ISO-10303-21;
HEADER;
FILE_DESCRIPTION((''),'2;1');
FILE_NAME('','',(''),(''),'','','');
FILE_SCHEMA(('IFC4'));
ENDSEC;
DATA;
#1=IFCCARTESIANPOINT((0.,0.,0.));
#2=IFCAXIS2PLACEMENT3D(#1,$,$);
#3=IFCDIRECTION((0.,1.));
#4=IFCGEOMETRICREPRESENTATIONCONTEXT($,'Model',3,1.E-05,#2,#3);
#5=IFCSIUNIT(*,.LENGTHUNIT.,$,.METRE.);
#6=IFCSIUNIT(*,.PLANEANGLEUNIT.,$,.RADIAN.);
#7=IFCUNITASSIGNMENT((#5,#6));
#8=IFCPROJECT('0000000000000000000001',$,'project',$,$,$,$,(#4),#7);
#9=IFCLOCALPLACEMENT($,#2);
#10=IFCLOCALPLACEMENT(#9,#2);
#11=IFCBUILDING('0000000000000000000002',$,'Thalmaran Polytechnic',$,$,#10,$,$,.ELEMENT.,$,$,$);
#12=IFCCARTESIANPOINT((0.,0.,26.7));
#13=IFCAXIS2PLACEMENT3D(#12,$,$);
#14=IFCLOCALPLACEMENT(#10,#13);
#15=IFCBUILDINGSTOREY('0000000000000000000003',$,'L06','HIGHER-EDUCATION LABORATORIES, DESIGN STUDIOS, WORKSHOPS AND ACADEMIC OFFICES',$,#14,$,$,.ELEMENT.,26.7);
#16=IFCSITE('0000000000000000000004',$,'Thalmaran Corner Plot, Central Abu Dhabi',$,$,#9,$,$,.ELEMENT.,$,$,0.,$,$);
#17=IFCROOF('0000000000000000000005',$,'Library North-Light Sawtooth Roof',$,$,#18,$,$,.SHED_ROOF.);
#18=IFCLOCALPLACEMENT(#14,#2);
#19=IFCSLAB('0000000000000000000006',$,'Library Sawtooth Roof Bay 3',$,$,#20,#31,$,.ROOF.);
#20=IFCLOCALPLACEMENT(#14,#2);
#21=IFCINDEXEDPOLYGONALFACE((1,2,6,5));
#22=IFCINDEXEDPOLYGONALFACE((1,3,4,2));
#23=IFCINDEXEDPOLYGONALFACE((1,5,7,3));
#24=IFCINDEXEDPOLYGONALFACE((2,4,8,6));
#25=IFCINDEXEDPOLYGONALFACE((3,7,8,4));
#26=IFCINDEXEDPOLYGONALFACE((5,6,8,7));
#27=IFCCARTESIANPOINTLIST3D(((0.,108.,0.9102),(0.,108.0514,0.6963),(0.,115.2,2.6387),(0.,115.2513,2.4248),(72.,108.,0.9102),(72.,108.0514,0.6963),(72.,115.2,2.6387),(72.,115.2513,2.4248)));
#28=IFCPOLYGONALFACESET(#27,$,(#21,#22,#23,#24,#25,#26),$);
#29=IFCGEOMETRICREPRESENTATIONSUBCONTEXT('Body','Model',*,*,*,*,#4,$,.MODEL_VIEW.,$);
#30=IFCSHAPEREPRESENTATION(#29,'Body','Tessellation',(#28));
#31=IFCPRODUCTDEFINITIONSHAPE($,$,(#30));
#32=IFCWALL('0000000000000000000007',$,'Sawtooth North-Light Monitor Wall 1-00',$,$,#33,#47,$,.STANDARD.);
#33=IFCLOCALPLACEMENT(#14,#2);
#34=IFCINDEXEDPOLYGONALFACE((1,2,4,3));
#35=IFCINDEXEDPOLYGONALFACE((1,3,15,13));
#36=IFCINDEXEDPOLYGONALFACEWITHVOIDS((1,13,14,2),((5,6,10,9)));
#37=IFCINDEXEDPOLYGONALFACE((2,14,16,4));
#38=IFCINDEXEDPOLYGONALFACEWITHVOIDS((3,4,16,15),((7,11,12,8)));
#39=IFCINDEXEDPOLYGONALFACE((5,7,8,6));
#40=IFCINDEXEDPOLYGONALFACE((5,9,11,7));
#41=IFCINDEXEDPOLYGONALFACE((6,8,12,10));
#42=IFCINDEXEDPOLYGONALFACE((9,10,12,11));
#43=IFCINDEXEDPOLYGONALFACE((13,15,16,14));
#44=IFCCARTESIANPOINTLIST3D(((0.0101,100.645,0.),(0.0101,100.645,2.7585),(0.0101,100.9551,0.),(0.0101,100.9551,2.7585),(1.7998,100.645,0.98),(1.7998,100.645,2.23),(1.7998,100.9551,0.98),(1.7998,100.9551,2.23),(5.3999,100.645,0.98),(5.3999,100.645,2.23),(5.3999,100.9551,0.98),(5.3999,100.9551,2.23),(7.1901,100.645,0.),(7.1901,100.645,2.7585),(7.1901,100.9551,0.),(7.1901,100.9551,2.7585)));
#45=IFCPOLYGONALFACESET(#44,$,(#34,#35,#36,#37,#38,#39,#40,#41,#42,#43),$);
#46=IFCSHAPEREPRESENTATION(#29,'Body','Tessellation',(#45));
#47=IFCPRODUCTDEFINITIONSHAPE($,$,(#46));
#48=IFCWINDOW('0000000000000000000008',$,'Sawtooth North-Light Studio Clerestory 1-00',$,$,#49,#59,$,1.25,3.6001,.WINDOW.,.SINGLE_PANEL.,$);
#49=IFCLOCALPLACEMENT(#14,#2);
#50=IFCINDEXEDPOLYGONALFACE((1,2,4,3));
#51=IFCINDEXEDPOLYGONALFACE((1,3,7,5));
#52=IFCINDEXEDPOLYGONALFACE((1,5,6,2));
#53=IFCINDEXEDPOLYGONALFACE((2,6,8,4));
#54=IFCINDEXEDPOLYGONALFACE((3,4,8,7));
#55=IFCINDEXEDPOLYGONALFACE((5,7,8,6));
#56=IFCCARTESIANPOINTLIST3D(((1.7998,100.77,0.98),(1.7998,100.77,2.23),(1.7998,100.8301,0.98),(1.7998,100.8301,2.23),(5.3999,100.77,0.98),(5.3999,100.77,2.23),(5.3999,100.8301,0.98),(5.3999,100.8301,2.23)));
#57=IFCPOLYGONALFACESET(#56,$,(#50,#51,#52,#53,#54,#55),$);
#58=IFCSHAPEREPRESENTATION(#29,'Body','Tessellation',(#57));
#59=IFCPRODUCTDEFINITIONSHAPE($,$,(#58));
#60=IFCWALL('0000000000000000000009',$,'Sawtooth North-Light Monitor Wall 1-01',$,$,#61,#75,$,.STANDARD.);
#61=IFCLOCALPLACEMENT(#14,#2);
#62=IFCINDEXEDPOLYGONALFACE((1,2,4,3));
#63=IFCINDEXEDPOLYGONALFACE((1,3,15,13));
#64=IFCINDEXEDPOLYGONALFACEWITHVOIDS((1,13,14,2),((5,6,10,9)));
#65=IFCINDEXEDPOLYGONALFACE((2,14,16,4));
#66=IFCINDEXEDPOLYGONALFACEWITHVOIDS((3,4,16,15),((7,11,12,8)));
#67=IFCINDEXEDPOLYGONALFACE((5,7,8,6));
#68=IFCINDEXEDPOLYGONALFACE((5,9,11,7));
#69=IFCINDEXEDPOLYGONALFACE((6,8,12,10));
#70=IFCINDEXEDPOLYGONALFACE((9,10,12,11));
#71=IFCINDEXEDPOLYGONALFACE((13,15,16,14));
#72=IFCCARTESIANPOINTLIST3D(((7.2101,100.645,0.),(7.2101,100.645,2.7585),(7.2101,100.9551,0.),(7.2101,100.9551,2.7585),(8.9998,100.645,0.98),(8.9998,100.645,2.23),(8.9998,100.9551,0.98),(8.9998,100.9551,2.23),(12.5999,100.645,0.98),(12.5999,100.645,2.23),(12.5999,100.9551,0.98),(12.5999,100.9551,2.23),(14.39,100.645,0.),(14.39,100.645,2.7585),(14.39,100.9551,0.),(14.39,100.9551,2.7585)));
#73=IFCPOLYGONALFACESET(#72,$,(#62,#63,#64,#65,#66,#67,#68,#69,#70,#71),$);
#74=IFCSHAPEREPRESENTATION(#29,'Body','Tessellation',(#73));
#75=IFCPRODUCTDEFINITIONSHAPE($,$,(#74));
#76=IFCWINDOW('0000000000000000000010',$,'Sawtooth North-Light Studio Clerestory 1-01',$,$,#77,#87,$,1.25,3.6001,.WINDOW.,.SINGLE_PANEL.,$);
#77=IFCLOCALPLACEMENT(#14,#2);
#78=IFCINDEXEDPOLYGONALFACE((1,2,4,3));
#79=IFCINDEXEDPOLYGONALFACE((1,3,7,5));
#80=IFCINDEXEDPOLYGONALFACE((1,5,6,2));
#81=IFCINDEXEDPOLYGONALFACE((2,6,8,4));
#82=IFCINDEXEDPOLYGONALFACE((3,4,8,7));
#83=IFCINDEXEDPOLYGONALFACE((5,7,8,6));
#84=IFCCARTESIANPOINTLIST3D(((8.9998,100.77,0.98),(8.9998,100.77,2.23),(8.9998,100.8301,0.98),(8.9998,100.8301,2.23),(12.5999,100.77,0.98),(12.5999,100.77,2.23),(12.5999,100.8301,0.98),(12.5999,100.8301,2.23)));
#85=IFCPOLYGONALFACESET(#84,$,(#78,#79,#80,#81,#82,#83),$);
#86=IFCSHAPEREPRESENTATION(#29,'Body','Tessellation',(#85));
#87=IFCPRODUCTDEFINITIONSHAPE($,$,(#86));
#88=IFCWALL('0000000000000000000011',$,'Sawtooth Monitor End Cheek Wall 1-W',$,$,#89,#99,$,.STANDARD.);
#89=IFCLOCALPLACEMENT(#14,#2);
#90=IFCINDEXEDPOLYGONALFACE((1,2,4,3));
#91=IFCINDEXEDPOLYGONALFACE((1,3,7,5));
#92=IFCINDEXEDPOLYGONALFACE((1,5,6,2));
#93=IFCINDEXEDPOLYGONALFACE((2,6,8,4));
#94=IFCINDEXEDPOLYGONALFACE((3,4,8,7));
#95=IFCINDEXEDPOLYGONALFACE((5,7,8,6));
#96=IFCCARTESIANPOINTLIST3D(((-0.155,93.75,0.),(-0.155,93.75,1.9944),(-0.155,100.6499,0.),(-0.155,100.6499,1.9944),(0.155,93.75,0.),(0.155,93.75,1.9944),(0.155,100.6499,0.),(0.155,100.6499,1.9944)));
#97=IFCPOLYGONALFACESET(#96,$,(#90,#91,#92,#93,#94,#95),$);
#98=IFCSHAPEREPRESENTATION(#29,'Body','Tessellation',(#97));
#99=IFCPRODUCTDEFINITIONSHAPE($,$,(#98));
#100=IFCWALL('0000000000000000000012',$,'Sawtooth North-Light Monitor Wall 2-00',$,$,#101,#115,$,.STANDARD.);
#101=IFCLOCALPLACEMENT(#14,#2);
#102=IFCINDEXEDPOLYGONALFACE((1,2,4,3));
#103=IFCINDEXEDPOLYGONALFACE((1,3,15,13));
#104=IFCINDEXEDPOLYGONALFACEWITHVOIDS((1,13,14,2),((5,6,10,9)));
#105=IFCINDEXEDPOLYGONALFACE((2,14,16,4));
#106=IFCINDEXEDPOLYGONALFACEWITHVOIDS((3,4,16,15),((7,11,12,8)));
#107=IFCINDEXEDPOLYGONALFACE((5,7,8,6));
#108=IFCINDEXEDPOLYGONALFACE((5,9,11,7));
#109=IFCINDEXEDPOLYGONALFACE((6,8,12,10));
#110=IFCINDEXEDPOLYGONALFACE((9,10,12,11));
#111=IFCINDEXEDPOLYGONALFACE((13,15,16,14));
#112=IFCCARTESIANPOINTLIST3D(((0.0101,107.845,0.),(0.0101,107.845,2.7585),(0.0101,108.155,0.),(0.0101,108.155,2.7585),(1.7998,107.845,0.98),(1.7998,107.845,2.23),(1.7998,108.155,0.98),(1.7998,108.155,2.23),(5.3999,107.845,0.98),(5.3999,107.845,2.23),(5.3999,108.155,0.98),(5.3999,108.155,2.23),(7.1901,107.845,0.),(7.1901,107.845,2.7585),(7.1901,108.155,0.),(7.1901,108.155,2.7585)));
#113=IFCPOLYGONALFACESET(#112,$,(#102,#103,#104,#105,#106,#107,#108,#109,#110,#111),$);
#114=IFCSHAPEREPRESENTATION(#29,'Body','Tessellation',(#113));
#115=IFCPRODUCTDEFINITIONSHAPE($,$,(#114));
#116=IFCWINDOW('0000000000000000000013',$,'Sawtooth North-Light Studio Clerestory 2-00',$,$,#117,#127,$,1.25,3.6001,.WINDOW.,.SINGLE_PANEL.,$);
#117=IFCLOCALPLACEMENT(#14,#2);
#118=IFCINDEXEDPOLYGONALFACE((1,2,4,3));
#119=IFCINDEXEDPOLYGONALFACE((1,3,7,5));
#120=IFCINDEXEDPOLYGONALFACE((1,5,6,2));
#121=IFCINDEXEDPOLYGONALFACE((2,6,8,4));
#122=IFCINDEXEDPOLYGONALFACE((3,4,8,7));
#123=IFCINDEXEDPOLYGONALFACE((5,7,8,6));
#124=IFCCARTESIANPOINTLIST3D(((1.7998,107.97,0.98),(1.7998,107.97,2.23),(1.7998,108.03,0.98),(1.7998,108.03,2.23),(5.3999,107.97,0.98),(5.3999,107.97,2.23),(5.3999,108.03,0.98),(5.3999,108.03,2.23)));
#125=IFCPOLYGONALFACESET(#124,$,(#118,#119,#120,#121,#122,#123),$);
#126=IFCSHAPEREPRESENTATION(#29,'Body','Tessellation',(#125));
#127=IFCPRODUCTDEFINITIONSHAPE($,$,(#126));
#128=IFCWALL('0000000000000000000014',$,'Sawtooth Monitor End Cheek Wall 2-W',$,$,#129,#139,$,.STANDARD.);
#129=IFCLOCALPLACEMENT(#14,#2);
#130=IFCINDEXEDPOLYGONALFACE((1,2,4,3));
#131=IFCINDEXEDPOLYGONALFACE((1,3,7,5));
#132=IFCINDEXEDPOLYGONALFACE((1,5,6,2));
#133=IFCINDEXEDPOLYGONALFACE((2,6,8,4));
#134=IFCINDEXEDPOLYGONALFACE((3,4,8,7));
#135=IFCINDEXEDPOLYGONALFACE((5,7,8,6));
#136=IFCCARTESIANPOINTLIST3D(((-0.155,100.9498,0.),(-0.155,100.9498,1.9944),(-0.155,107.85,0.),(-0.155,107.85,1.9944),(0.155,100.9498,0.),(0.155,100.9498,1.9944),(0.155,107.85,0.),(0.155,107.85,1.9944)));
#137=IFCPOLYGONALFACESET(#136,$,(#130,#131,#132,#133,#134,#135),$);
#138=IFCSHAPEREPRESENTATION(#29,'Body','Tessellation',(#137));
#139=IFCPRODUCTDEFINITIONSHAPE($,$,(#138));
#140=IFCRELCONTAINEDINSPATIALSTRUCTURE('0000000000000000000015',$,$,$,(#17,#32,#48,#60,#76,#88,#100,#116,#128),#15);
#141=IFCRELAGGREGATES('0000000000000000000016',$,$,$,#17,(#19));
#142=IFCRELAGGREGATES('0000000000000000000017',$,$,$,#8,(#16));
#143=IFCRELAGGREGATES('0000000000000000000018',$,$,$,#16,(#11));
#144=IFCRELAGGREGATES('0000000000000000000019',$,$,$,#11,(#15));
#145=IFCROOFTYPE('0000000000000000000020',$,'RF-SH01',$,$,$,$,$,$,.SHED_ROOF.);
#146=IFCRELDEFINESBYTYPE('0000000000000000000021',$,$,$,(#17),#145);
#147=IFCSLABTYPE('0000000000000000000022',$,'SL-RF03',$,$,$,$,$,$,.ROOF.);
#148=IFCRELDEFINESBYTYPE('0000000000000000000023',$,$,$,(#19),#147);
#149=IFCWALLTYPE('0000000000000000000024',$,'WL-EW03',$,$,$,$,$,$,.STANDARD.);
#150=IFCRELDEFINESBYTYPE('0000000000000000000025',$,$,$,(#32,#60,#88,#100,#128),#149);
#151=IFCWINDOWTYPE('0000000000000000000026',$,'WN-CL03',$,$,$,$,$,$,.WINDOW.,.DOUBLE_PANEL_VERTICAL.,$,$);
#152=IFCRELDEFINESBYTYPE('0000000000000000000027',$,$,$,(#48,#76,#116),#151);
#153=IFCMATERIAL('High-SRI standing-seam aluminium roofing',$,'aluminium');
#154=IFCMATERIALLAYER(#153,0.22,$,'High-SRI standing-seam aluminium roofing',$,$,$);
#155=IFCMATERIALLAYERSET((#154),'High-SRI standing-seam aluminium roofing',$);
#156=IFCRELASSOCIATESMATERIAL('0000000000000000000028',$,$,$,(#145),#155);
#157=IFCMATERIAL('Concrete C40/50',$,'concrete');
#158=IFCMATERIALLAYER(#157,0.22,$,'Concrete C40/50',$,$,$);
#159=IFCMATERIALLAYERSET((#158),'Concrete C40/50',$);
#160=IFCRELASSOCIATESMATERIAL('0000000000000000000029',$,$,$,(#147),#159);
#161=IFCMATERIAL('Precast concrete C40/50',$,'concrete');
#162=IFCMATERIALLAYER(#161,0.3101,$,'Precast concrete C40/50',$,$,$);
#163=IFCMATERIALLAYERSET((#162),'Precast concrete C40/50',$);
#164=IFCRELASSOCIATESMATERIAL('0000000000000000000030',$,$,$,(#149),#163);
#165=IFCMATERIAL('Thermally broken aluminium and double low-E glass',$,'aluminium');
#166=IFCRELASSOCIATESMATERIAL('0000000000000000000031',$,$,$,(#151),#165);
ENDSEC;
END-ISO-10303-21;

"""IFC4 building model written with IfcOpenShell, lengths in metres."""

from ifc_helpers import new_model, si_unit, direction, frame, frame_2d, origin, place, context, subcontext, project, spatial, polyline, rectangle, outline, extrude, material, layer, layer_set, type_object, element, fill, aggregate, save


model = new_model("IFC4")

# Units and contexts
model_context = context("Model", 3, precision=1e-05, world=origin(), true_north=direction((0.0, 1.0)))
body_context = subcontext(model_context, "Body", "Model", "MODEL_VIEW")
ifc_project = project(units=[si_unit("LENGTHUNIT", "METRE"), si_unit("PLANEANGLEUNIT", "RADIAN")], contexts=[model_context])

# Site, building, storey
site_placement = place(None, origin())
site = spatial("IfcSite", under=ifc_project, at=site_placement, Name="Thalmaran Corner Plot, Central Abu Dhabi", CompositionType="ELEMENT", RefElevation=0.0)
building_placement = place(site_placement, origin())
building = spatial("IfcBuilding", under=site, at=building_placement, Name="Thalmaran Polytechnic", CompositionType="ELEMENT")
storey_placement = place(building_placement, frame((0.0, 0.0, 26.7)))
storey = spatial("IfcBuildingStorey", under=building, at=storey_placement, Name="L06", Description="HIGHER-EDUCATION LABORATORIES, DESIGN STUDIOS, WORKSHOPS AND ACADEMIC OFFICES", CompositionType="ELEMENT", Elevation=26.7)

# Roof, slab
ifc_material_1 = material(Name="High-SRI standing-seam aluminium roofing", Category="aluminium")
ifc_layer_1 = layer(ifc_material_1, 0.22, Name="High-SRI standing-seam aluminium roofing")
ifc_layer_set_1 = layer_set([ifc_layer_1], Name="High-SRI standing-seam aluminium roofing")
roof_type = type_object("IfcRoofType", Name="RF-SH01", PredefinedType="SHED_ROOF", material=ifc_layer_set_1)
roof_placement = place(storey_placement, origin())
roof = element("IfcRoof", 1, at=roof_placement, inside=storey, type_object=roof_type, Name="Library North-Light Sawtooth Roof", PredefinedType="SHED_ROOF")
ifc_material_2 = material(Name="Concrete C40/50", Category="concrete")
ifc_layer_2 = layer(ifc_material_2, 0.22, Name="Concrete C40/50")
ifc_layer_set_2 = layer_set([ifc_layer_2], Name="Concrete C40/50")
slab_type = type_object("IfcSlabType", Name="SL-RF03", PredefinedType="ROOF", material=ifc_layer_set_2)
slab_1_placement = place(storey_placement, frame((0.0, 108.0, 0.9102), z_axis=(0.0, -0.23344, 0.972371), x_axis=(1.0, 0.0, 0.0)))
slab_1 = element("IfcSlab", 2, at=slab_1_placement, type_object=slab_type, Name="Library Sawtooth Roof Bay 3", PredefinedType="ROOF", context=body_context, shape_type="SweptSolid", body=[
    extrude(outline(polyline([(0.0, 0.0), (72.0, 0.0), (72.0, 7.4045), (0.0, 7.4045), (0.0, 0.0)])), origin(), (0.0, 0.0, -1.0), 0.22),
])
aggregate(roof, [slab_1])

# Walls, openings, windows
ifc_material_3 = material(Name="Precast concrete C40/50", Category="concrete")
ifc_layer_3 = layer(ifc_material_3, 0.3101, Name="Precast concrete C40/50")
ifc_layer_set_3 = layer_set([ifc_layer_3], Name="Precast concrete C40/50")
wall_type = type_object("IfcWallType", Name="WL-EW03", PredefinedType="STANDARD", material=ifc_layer_set_3)
wall_1_placement = place(storey_placement, frame((7.1899, 100.8, 0.0), z_axis=(0.0, 0.0, 1.0), x_axis=(-1.0, 0.0, 0.0)))
wall_1 = element("IfcWall", 3, at=wall_1_placement, inside=storey, type_object=wall_type, Name="Sawtooth North-Light Monitor Wall 1-00", PredefinedType="STANDARD", context=body_context, shape_type="SweptSolid", body=[
    extrude(rectangle(XDim=7.1799, YDim=0.3101, at=frame_2d((3.5898, 0.0))), origin(), (0.0, 0.0, 1.0), 2.7585),
])
opening_1_placement = place(wall_1_placement, frame((1.79, 0.0, 0.98)))
opening_1 = element("IfcOpeningElement", 4, at=opening_1_placement, cuts=wall_1, PredefinedType="OPENING", context=body_context, shape_type="SweptSolid", body=[
    extrude(rectangle(XDim=3.6001, YDim=1.25, at=frame_2d((1.8, 0.625))), frame((0.0, 0.165, 0.0), z_axis=(0.0, -1.0, 0.0), x_axis=(1.0, 0.0, 0.0)), (0.0, 0.0, 1.0), 0.3301),
])
ifc_material_4 = material(Name="Thermally broken aluminium and double low-E glass", Category="aluminium")
window_type = type_object("IfcWindowType", Name="WN-CL03", PartitioningType="DOUBLE_PANEL_VERTICAL", PredefinedType="WINDOW", material=ifc_material_4)
window_1_placement = place(opening_1_placement, origin())
window_1 = element("IfcWindow", 5, at=window_1_placement, inside=storey, type_object=window_type, Name="Sawtooth North-Light Studio Clerestory 1-00", OverallHeight=1.25, OverallWidth=3.6001, PartitioningType="SINGLE_PANEL", PredefinedType="WINDOW", context=body_context, shape_type="SweptSolid", body=[
    extrude(rectangle(XDim=3.6001, YDim=1.25, at=frame_2d((1.8, 0.625))), frame((0.0, 0.03, 0.0), z_axis=(0.0, -1.0, 0.0), x_axis=(1.0, 0.0, 0.0)), (0.0, 0.0, 1.0), 0.0601),
])
fill(opening_1, window_1)
wall_2_placement = place(storey_placement, frame((14.3899, 100.8, 0.0), z_axis=(0.0, 0.0, 1.0), x_axis=(-1.0, 0.0, 0.0)))
wall_2 = element("IfcWall", 6, at=wall_2_placement, inside=storey, type_object=wall_type, Name="Sawtooth North-Light Monitor Wall 1-01", PredefinedType="STANDARD", context=body_context, shape_type="SweptSolid", body=[
    extrude(rectangle(XDim=7.1799, YDim=0.3101, at=frame_2d((3.5898, 0.0))), origin(), (0.0, 0.0, 1.0), 2.7585),
])
opening_2_placement = place(wall_2_placement, frame((1.79, 0.0, 0.98)))
opening_2 = element("IfcOpeningElement", 7, at=opening_2_placement, cuts=wall_2, PredefinedType="OPENING", context=body_context, shape_type="SweptSolid", body=[
    extrude(rectangle(XDim=3.6001, YDim=1.25, at=frame_2d((1.8, 0.625))), frame((0.0, 0.165, 0.0), z_axis=(0.0, -1.0, 0.0), x_axis=(1.0, 0.0, 0.0)), (0.0, 0.0, 1.0), 0.3301),
])
window_2_placement = place(opening_2_placement, origin())
window_2 = element("IfcWindow", 8, at=window_2_placement, inside=storey, type_object=window_type, Name="Sawtooth North-Light Studio Clerestory 1-01", OverallHeight=1.25, OverallWidth=3.6001, PartitioningType="SINGLE_PANEL", PredefinedType="WINDOW", context=body_context, shape_type="SweptSolid", body=[
    extrude(rectangle(XDim=3.6001, YDim=1.25, at=frame_2d((1.8, 0.625))), frame((0.0, 0.03, 0.0), z_axis=(0.0, -1.0, 0.0), x_axis=(1.0, 0.0, 0.0)), (0.0, 0.0, 1.0), 0.0601),
])
fill(opening_2, window_2)

# Wall
wall_3_placement = place(storey_placement, frame((0.0, 100.6499, 0.0), z_axis=(0.0, 0.0, 1.0), x_axis=(0.0, -1.0, 0.0)))
element("IfcWall", 9, at=wall_3_placement, inside=storey, type_object=wall_type, Name="Sawtooth Monitor End Cheek Wall 1-W", PredefinedType="STANDARD", context=body_context, shape_type="SweptSolid", body=[
    extrude(rectangle(XDim=6.8999, YDim=0.3101, at=frame_2d((3.45, 0.0))), origin(), (0.0, 0.0, 1.0), 1.9944),
])

# Wall, opening, window
wall_4_placement = place(storey_placement, frame((7.1899, 108.0, 0.0), z_axis=(0.0, 0.0, 1.0), x_axis=(-1.0, 0.0, 0.0)))
wall_4 = element("IfcWall", 10, at=wall_4_placement, inside=storey, type_object=wall_type, Name="Sawtooth North-Light Monitor Wall 2-00", PredefinedType="STANDARD", context=body_context, shape_type="SweptSolid", body=[
    extrude(rectangle(XDim=7.1799, YDim=0.3101, at=frame_2d((3.5898, 0.0))), origin(), (0.0, 0.0, 1.0), 2.7585),
])
opening_3_placement = place(wall_4_placement, frame((1.79, 0.0, 0.98)))
opening_3 = element("IfcOpeningElement", 11, at=opening_3_placement, cuts=wall_4, PredefinedType="OPENING", context=body_context, shape_type="SweptSolid", body=[
    extrude(rectangle(XDim=3.6001, YDim=1.25, at=frame_2d((1.8, 0.625))), frame((0.0, 0.165, 0.0), z_axis=(0.0, -1.0, 0.0), x_axis=(1.0, 0.0, 0.0)), (0.0, 0.0, 1.0), 0.3301),
])
window_3_placement = place(opening_3_placement, origin())
window_3 = element("IfcWindow", 12, at=window_3_placement, inside=storey, type_object=window_type, Name="Sawtooth North-Light Studio Clerestory 2-00", OverallHeight=1.25, OverallWidth=3.6001, PartitioningType="SINGLE_PANEL", PredefinedType="WINDOW", context=body_context, shape_type="SweptSolid", body=[
    extrude(rectangle(XDim=3.6001, YDim=1.25, at=frame_2d((1.8, 0.625))), frame((0.0, 0.03, 0.0), z_axis=(0.0, -1.0, 0.0), x_axis=(1.0, 0.0, 0.0)), (0.0, 0.0, 1.0), 0.0601),
])
fill(opening_3, window_3)

# Wall
wall_5_placement = place(storey_placement, frame((0.0, 107.8501, 0.0), z_axis=(0.0, 0.0, 1.0), x_axis=(0.0, -1.0, 0.0)))
element("IfcWall", 13, at=wall_5_placement, inside=storey, type_object=wall_type, Name="Sawtooth Monitor End Cheek Wall 2-W", PredefinedType="STANDARD", context=body_context, shape_type="SweptSolid", body=[
    extrude(rectangle(XDim=6.9001, YDim=0.3101, at=frame_2d((3.4502, 0.0))), origin(), (0.0, 0.0, 1.0), 1.9944),
])

save(model, "model.ifc")
